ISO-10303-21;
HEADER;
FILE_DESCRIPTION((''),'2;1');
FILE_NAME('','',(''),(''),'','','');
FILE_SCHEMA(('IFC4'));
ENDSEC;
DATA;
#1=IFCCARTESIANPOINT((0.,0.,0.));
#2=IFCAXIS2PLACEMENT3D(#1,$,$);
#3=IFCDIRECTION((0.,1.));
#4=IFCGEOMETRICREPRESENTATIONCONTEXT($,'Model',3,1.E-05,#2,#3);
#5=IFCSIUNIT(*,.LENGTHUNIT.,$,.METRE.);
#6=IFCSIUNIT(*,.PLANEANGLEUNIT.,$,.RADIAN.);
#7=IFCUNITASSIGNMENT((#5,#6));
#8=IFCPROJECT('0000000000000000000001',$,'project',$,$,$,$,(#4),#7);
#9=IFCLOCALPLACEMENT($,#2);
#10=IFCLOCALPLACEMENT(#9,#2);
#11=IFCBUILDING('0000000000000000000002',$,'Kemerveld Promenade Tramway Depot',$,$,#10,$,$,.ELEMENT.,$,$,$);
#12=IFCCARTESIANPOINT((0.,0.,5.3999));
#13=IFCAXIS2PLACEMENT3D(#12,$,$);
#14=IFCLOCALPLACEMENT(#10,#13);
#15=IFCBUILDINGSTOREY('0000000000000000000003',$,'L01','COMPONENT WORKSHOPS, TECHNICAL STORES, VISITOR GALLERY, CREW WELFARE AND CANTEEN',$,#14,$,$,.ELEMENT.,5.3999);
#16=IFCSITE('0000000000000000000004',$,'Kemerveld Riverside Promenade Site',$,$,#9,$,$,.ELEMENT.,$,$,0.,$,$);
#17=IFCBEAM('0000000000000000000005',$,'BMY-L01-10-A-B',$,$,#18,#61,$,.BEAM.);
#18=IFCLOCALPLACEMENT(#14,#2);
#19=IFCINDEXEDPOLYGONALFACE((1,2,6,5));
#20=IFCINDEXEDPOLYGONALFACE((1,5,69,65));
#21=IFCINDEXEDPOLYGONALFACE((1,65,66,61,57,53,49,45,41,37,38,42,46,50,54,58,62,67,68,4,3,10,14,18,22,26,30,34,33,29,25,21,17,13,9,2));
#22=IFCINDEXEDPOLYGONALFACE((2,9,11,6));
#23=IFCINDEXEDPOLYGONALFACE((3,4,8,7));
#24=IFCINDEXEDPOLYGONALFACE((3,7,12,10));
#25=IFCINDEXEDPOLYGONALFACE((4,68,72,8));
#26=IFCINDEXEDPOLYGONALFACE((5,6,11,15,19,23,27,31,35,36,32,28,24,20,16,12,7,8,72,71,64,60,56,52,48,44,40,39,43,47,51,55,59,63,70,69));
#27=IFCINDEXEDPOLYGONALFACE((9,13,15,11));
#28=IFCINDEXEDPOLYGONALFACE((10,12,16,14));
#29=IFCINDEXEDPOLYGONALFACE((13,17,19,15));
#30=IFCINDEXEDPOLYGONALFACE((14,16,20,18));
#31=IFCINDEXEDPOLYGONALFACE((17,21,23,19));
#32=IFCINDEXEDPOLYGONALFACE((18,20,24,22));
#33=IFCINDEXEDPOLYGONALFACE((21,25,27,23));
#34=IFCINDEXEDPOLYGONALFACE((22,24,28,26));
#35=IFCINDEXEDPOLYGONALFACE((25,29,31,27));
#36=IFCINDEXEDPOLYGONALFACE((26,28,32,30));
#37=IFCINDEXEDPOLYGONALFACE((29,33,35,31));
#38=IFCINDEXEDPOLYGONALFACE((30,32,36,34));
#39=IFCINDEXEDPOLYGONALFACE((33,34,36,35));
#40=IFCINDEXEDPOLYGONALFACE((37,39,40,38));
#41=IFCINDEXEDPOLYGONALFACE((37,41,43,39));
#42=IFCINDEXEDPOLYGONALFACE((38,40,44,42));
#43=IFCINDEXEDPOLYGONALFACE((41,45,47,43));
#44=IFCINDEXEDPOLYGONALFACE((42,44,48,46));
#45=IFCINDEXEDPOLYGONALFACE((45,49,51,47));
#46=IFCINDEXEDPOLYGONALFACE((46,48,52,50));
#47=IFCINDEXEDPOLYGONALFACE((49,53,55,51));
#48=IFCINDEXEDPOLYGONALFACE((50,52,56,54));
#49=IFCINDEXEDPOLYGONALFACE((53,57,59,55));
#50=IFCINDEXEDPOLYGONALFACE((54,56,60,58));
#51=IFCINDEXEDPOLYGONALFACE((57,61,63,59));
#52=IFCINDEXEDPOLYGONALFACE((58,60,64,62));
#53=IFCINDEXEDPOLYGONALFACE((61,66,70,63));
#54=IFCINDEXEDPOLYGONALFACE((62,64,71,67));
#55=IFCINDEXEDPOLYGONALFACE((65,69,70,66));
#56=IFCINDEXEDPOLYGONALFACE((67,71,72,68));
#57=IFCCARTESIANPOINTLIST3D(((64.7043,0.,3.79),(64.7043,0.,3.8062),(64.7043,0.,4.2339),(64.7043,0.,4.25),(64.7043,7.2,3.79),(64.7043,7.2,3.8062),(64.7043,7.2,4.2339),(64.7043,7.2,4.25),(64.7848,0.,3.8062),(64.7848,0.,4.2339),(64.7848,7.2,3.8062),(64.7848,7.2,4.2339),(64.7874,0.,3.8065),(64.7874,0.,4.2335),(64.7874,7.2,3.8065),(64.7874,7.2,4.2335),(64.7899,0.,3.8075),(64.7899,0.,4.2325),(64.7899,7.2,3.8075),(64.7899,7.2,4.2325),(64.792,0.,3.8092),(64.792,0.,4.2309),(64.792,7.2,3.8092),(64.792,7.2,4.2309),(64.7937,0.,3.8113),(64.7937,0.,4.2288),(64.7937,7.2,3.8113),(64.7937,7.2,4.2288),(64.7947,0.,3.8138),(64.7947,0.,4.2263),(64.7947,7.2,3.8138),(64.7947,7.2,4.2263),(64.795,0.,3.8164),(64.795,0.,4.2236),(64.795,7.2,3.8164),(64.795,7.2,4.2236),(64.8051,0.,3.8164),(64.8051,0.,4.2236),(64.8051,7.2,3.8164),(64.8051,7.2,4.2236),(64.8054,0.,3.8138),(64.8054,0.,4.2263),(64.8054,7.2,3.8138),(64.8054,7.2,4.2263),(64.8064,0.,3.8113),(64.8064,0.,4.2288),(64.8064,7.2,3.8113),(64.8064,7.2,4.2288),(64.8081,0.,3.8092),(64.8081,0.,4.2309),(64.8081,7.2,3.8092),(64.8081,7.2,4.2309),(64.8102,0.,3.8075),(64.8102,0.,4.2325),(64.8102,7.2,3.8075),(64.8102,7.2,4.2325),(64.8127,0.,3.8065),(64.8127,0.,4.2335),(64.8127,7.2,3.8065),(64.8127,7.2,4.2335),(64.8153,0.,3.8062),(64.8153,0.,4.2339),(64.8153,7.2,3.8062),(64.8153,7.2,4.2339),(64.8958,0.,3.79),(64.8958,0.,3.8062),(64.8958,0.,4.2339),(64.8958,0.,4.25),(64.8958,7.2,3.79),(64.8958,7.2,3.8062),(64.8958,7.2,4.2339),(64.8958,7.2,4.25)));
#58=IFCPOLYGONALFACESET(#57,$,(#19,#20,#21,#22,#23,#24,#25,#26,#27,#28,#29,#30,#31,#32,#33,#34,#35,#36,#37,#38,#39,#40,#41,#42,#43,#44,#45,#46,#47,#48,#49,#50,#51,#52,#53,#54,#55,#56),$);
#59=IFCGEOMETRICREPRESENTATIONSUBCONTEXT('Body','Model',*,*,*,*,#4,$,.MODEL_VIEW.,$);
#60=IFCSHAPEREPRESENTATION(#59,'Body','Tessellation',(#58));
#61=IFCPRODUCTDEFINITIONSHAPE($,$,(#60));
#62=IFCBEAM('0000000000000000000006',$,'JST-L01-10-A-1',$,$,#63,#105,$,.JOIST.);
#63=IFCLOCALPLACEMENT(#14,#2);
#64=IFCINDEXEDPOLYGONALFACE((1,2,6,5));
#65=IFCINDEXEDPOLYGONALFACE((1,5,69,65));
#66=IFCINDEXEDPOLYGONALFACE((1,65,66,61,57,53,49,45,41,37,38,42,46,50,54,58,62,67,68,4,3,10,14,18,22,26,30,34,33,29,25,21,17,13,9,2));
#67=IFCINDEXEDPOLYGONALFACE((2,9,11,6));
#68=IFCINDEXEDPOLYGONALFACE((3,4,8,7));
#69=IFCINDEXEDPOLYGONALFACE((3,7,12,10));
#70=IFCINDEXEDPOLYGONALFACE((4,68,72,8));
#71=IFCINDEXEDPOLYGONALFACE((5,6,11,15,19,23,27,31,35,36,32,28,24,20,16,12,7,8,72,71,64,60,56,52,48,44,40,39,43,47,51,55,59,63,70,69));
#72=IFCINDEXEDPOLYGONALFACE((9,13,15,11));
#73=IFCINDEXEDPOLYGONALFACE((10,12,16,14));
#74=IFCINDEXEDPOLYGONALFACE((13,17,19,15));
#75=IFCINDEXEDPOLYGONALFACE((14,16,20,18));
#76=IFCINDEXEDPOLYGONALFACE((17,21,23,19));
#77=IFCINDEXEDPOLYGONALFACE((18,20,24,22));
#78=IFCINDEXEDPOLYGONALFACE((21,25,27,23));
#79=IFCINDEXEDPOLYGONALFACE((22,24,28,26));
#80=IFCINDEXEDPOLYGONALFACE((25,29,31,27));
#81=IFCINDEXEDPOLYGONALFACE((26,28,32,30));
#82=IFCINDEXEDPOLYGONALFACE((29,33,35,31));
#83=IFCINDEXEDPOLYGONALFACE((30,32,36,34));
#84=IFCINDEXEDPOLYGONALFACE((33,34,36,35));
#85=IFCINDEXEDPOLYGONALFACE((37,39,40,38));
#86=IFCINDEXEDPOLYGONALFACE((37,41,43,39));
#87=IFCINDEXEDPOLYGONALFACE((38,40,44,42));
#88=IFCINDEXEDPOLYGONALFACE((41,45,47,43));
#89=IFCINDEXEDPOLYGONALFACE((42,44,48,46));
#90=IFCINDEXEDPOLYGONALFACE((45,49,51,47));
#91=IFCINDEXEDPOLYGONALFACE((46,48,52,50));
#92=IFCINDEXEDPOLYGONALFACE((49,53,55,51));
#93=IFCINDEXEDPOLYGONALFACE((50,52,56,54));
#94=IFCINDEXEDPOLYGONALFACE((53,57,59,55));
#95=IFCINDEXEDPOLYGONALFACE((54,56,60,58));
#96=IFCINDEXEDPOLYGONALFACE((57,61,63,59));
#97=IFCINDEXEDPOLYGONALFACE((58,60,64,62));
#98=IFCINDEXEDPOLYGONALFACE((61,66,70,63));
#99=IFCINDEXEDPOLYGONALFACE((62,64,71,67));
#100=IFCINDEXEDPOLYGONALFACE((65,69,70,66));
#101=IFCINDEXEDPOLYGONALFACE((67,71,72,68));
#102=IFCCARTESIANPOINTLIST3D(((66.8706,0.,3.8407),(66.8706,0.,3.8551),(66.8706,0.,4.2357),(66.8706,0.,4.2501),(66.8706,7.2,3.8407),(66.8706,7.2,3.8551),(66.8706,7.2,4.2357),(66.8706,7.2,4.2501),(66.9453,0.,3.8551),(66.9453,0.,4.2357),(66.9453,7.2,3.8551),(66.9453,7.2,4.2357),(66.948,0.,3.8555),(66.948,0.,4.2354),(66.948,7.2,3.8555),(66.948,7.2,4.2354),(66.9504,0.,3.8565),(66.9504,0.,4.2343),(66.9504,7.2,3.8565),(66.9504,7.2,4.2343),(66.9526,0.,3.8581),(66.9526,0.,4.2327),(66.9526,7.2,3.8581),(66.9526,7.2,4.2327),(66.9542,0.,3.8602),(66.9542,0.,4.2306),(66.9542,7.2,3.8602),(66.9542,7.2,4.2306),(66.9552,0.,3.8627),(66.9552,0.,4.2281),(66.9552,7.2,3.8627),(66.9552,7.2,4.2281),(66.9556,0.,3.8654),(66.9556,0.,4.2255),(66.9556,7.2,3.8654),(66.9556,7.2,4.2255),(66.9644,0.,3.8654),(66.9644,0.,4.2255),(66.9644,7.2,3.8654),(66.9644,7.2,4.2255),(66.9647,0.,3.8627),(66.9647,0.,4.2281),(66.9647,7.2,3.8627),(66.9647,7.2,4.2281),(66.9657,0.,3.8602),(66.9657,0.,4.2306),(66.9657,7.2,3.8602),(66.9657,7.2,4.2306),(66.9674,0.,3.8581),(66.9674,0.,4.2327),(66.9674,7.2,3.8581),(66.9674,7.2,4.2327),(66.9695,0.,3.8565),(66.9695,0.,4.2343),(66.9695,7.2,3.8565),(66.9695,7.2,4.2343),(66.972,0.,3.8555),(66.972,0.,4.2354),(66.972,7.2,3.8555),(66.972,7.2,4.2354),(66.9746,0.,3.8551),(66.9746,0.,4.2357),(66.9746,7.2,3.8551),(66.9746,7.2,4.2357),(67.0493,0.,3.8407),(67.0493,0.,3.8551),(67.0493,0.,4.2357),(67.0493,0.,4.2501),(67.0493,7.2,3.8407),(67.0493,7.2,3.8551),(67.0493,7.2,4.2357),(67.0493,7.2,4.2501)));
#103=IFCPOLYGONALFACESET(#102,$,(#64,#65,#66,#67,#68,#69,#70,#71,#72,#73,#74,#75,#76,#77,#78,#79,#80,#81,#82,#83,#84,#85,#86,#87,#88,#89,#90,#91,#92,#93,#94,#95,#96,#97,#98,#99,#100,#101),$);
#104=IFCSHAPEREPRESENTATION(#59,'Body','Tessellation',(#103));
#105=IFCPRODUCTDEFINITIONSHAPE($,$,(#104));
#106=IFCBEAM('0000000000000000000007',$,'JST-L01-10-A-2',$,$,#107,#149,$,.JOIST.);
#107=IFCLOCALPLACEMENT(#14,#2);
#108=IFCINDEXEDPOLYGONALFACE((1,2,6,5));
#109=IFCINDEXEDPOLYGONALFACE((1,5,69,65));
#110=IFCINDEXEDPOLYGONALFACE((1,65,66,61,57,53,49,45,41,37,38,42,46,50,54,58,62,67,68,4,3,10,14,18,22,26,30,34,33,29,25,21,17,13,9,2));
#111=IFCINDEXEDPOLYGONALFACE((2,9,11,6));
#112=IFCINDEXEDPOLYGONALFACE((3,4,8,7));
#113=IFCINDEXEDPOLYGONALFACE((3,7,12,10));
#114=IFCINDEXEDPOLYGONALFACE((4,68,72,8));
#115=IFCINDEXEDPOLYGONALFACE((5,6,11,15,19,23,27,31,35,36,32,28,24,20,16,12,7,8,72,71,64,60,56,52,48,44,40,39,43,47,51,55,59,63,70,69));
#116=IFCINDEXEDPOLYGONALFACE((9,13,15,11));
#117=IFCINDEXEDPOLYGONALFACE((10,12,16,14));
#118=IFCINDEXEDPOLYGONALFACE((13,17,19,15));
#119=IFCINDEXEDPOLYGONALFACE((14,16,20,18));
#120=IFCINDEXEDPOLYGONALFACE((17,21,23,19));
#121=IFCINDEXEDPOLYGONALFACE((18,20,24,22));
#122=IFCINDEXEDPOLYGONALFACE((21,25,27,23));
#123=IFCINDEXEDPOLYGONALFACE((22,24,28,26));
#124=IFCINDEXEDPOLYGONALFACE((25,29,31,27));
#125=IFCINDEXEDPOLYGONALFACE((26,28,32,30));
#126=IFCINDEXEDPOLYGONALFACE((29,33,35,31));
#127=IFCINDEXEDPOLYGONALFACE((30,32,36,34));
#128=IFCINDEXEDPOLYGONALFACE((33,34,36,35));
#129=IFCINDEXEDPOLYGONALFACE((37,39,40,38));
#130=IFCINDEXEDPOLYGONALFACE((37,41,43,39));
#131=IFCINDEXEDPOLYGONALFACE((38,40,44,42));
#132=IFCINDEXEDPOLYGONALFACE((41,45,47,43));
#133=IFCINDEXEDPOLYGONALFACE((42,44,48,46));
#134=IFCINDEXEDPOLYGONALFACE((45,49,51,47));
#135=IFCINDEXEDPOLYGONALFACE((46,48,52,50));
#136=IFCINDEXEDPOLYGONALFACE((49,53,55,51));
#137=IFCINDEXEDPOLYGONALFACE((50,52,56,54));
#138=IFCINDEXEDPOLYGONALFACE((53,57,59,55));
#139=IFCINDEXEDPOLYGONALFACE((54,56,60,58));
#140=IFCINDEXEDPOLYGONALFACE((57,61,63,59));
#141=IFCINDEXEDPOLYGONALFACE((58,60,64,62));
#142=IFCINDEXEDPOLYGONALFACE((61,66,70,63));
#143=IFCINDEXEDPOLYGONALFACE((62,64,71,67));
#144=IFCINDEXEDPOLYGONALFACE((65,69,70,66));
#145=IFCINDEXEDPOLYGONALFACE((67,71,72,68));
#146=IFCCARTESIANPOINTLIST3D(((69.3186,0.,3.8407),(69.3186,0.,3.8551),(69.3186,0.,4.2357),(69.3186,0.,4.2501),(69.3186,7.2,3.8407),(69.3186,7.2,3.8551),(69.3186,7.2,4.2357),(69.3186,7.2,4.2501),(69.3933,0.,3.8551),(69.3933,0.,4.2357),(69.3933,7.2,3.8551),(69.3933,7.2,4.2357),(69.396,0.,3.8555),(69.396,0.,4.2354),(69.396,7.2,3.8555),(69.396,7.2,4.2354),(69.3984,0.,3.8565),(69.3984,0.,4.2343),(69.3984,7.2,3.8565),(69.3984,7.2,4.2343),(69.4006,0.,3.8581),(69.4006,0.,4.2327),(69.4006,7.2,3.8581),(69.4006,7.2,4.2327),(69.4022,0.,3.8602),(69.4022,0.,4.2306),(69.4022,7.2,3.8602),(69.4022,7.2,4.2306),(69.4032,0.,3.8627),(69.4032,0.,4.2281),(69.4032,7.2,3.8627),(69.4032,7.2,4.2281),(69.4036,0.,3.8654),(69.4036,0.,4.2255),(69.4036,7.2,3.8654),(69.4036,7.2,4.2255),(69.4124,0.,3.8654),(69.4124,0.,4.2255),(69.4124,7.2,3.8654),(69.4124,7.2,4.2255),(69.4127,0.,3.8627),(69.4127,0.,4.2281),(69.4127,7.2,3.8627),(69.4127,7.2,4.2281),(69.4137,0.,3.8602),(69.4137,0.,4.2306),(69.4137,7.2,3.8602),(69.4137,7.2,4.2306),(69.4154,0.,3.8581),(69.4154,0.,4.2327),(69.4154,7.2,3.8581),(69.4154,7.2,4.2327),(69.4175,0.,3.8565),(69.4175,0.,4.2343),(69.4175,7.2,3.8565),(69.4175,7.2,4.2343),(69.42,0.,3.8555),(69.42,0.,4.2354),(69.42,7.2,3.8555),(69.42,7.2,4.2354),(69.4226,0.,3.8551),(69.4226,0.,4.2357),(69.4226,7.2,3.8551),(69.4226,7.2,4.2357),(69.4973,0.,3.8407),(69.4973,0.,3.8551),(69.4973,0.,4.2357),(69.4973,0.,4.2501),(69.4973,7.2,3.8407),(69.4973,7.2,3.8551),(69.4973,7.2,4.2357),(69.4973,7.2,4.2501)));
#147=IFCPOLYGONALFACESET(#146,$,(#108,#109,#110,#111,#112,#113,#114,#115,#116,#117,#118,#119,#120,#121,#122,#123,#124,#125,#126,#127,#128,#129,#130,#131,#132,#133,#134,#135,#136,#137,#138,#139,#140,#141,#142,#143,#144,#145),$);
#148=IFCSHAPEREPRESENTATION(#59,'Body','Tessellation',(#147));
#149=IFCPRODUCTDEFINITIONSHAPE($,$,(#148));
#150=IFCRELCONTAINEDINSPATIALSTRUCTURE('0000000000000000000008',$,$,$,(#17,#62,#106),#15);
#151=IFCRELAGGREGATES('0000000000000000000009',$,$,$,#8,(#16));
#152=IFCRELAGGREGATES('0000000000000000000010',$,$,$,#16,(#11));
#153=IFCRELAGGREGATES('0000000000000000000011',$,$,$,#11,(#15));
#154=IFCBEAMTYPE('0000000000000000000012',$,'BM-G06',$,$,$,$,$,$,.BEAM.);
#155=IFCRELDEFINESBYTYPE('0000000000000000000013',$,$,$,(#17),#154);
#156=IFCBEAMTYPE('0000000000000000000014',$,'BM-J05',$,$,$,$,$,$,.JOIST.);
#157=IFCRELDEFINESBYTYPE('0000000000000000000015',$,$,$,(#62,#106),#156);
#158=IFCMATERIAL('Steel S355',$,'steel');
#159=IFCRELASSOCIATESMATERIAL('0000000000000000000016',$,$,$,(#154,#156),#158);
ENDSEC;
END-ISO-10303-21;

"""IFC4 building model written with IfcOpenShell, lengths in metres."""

from ifc_helpers import new_model, si_unit, direction, frame, origin, origin_2d, place, context, subcontext, project, spatial, i_section, extrude, material, material_profile, profile_set, type_object, element, save


model = new_model("IFC4")

# Units and contexts
model_context = context("Model", 3, precision=1e-05, world=origin(), true_north=direction((0.0, 1.0)))
body_context = subcontext(model_context, "Body", "Model", "MODEL_VIEW")
ifc_project = project(units=[si_unit("LENGTHUNIT", "METRE"), si_unit("PLANEANGLEUNIT", "RADIAN")], contexts=[model_context])

# Site, building, storey
site_placement = place(None, origin())
site = spatial("IfcSite", under=ifc_project, at=site_placement, Name="Kemerveld Riverside Promenade Site", CompositionType="ELEMENT", RefElevation=0.0)
building_placement = place(site_placement, origin())
building = spatial("IfcBuilding", under=site, at=building_placement, Name="Kemerveld Promenade Tramway Depot", CompositionType="ELEMENT")
storey_placement = place(building_placement, frame((0.0, 0.0, 5.3999)))
storey = spatial("IfcBuildingStorey", under=building, at=storey_placement, Name="L01", Description="COMPONENT WORKSHOPS, TECHNICAL STORES, VISITOR GALLERY, CREW WELFARE AND CANTEEN", CompositionType="ELEMENT", Elevation=5.3999)

# Beams
ifc_material_1 = material(Name="Steel S355", Category="steel")
ifc_material_profile_1 = material_profile(ifc_material_1, i_section(OverallWidth=0.1914, OverallDepth=0.46, WebThickness=0.01, FlangeThickness=0.0161, FilletRadius=0.0103, at=origin_2d()), Name="457x191x82 UB")
ifc_profile_set_1 = profile_set([ifc_material_profile_1], Name="Steel S355")
beam_type_1 = type_object("IfcBeamType", Name="BM-G06", PredefinedType="BEAM", material=ifc_profile_set_1)
beam_placement = place(storey_placement, frame((64.8, 0.0, 4.02), z_axis=(0.0, 1.0, 0.0), x_axis=(-1.0, 0.0, 0.0)))
element("IfcBeam", 1, at=beam_placement, inside=storey, type_object=beam_type_1, Name="BMY-L01-10-A-B", PredefinedType="BEAM", context=body_context, shape_type="SweptSolid", body=[
    extrude(i_section(OverallWidth=0.1914, OverallDepth=0.46, WebThickness=0.01, FlangeThickness=0.0161, FilletRadius=0.0103, at=origin_2d()), origin(), (0.0, 0.0, 1.0), 7.2),
])
ifc_material_profile_2 = material_profile(ifc_material_1, i_section(OverallWidth=0.1787, OverallDepth=0.4094, WebThickness=0.0088, FlangeThickness=0.0144, FilletRadius=0.0103, at=origin_2d()), Name="406x178x67 UB")
ifc_profile_set_2 = profile_set([ifc_material_profile_2], Name="Steel S355")
beam_type_2 = type_object("IfcBeamType", Name="BM-J05", PredefinedType="JOIST", material=ifc_profile_set_2)
for number, where, z_axis, x_axis, name in (
    (2, (66.96, 0.0, 4.0454), (0.0, 1.0, 0.0), (-1.0, 0.0, 0.0), "JST-L01-10-A-1"),
    (3, (69.408, 0.0, 4.0454), (0.0, 1.0, 0.0), (-1.0, 0.0, 0.0), "JST-L01-10-A-2"),
):
    element("IfcBeam", number, at=place(storey_placement, frame(where, z_axis=z_axis, x_axis=x_axis)), inside=storey, type_object=beam_type_2, Name=name, PredefinedType="JOIST", context=body_context, shape_type="SweptSolid", body=[
        extrude(i_section(OverallWidth=0.1787, OverallDepth=0.4094, WebThickness=0.0088, FlangeThickness=0.0144, FilletRadius=0.0103, at=origin_2d()), origin(), (0.0, 0.0, 1.0), 7.2),
    ])

save(model, "model.ifc")
